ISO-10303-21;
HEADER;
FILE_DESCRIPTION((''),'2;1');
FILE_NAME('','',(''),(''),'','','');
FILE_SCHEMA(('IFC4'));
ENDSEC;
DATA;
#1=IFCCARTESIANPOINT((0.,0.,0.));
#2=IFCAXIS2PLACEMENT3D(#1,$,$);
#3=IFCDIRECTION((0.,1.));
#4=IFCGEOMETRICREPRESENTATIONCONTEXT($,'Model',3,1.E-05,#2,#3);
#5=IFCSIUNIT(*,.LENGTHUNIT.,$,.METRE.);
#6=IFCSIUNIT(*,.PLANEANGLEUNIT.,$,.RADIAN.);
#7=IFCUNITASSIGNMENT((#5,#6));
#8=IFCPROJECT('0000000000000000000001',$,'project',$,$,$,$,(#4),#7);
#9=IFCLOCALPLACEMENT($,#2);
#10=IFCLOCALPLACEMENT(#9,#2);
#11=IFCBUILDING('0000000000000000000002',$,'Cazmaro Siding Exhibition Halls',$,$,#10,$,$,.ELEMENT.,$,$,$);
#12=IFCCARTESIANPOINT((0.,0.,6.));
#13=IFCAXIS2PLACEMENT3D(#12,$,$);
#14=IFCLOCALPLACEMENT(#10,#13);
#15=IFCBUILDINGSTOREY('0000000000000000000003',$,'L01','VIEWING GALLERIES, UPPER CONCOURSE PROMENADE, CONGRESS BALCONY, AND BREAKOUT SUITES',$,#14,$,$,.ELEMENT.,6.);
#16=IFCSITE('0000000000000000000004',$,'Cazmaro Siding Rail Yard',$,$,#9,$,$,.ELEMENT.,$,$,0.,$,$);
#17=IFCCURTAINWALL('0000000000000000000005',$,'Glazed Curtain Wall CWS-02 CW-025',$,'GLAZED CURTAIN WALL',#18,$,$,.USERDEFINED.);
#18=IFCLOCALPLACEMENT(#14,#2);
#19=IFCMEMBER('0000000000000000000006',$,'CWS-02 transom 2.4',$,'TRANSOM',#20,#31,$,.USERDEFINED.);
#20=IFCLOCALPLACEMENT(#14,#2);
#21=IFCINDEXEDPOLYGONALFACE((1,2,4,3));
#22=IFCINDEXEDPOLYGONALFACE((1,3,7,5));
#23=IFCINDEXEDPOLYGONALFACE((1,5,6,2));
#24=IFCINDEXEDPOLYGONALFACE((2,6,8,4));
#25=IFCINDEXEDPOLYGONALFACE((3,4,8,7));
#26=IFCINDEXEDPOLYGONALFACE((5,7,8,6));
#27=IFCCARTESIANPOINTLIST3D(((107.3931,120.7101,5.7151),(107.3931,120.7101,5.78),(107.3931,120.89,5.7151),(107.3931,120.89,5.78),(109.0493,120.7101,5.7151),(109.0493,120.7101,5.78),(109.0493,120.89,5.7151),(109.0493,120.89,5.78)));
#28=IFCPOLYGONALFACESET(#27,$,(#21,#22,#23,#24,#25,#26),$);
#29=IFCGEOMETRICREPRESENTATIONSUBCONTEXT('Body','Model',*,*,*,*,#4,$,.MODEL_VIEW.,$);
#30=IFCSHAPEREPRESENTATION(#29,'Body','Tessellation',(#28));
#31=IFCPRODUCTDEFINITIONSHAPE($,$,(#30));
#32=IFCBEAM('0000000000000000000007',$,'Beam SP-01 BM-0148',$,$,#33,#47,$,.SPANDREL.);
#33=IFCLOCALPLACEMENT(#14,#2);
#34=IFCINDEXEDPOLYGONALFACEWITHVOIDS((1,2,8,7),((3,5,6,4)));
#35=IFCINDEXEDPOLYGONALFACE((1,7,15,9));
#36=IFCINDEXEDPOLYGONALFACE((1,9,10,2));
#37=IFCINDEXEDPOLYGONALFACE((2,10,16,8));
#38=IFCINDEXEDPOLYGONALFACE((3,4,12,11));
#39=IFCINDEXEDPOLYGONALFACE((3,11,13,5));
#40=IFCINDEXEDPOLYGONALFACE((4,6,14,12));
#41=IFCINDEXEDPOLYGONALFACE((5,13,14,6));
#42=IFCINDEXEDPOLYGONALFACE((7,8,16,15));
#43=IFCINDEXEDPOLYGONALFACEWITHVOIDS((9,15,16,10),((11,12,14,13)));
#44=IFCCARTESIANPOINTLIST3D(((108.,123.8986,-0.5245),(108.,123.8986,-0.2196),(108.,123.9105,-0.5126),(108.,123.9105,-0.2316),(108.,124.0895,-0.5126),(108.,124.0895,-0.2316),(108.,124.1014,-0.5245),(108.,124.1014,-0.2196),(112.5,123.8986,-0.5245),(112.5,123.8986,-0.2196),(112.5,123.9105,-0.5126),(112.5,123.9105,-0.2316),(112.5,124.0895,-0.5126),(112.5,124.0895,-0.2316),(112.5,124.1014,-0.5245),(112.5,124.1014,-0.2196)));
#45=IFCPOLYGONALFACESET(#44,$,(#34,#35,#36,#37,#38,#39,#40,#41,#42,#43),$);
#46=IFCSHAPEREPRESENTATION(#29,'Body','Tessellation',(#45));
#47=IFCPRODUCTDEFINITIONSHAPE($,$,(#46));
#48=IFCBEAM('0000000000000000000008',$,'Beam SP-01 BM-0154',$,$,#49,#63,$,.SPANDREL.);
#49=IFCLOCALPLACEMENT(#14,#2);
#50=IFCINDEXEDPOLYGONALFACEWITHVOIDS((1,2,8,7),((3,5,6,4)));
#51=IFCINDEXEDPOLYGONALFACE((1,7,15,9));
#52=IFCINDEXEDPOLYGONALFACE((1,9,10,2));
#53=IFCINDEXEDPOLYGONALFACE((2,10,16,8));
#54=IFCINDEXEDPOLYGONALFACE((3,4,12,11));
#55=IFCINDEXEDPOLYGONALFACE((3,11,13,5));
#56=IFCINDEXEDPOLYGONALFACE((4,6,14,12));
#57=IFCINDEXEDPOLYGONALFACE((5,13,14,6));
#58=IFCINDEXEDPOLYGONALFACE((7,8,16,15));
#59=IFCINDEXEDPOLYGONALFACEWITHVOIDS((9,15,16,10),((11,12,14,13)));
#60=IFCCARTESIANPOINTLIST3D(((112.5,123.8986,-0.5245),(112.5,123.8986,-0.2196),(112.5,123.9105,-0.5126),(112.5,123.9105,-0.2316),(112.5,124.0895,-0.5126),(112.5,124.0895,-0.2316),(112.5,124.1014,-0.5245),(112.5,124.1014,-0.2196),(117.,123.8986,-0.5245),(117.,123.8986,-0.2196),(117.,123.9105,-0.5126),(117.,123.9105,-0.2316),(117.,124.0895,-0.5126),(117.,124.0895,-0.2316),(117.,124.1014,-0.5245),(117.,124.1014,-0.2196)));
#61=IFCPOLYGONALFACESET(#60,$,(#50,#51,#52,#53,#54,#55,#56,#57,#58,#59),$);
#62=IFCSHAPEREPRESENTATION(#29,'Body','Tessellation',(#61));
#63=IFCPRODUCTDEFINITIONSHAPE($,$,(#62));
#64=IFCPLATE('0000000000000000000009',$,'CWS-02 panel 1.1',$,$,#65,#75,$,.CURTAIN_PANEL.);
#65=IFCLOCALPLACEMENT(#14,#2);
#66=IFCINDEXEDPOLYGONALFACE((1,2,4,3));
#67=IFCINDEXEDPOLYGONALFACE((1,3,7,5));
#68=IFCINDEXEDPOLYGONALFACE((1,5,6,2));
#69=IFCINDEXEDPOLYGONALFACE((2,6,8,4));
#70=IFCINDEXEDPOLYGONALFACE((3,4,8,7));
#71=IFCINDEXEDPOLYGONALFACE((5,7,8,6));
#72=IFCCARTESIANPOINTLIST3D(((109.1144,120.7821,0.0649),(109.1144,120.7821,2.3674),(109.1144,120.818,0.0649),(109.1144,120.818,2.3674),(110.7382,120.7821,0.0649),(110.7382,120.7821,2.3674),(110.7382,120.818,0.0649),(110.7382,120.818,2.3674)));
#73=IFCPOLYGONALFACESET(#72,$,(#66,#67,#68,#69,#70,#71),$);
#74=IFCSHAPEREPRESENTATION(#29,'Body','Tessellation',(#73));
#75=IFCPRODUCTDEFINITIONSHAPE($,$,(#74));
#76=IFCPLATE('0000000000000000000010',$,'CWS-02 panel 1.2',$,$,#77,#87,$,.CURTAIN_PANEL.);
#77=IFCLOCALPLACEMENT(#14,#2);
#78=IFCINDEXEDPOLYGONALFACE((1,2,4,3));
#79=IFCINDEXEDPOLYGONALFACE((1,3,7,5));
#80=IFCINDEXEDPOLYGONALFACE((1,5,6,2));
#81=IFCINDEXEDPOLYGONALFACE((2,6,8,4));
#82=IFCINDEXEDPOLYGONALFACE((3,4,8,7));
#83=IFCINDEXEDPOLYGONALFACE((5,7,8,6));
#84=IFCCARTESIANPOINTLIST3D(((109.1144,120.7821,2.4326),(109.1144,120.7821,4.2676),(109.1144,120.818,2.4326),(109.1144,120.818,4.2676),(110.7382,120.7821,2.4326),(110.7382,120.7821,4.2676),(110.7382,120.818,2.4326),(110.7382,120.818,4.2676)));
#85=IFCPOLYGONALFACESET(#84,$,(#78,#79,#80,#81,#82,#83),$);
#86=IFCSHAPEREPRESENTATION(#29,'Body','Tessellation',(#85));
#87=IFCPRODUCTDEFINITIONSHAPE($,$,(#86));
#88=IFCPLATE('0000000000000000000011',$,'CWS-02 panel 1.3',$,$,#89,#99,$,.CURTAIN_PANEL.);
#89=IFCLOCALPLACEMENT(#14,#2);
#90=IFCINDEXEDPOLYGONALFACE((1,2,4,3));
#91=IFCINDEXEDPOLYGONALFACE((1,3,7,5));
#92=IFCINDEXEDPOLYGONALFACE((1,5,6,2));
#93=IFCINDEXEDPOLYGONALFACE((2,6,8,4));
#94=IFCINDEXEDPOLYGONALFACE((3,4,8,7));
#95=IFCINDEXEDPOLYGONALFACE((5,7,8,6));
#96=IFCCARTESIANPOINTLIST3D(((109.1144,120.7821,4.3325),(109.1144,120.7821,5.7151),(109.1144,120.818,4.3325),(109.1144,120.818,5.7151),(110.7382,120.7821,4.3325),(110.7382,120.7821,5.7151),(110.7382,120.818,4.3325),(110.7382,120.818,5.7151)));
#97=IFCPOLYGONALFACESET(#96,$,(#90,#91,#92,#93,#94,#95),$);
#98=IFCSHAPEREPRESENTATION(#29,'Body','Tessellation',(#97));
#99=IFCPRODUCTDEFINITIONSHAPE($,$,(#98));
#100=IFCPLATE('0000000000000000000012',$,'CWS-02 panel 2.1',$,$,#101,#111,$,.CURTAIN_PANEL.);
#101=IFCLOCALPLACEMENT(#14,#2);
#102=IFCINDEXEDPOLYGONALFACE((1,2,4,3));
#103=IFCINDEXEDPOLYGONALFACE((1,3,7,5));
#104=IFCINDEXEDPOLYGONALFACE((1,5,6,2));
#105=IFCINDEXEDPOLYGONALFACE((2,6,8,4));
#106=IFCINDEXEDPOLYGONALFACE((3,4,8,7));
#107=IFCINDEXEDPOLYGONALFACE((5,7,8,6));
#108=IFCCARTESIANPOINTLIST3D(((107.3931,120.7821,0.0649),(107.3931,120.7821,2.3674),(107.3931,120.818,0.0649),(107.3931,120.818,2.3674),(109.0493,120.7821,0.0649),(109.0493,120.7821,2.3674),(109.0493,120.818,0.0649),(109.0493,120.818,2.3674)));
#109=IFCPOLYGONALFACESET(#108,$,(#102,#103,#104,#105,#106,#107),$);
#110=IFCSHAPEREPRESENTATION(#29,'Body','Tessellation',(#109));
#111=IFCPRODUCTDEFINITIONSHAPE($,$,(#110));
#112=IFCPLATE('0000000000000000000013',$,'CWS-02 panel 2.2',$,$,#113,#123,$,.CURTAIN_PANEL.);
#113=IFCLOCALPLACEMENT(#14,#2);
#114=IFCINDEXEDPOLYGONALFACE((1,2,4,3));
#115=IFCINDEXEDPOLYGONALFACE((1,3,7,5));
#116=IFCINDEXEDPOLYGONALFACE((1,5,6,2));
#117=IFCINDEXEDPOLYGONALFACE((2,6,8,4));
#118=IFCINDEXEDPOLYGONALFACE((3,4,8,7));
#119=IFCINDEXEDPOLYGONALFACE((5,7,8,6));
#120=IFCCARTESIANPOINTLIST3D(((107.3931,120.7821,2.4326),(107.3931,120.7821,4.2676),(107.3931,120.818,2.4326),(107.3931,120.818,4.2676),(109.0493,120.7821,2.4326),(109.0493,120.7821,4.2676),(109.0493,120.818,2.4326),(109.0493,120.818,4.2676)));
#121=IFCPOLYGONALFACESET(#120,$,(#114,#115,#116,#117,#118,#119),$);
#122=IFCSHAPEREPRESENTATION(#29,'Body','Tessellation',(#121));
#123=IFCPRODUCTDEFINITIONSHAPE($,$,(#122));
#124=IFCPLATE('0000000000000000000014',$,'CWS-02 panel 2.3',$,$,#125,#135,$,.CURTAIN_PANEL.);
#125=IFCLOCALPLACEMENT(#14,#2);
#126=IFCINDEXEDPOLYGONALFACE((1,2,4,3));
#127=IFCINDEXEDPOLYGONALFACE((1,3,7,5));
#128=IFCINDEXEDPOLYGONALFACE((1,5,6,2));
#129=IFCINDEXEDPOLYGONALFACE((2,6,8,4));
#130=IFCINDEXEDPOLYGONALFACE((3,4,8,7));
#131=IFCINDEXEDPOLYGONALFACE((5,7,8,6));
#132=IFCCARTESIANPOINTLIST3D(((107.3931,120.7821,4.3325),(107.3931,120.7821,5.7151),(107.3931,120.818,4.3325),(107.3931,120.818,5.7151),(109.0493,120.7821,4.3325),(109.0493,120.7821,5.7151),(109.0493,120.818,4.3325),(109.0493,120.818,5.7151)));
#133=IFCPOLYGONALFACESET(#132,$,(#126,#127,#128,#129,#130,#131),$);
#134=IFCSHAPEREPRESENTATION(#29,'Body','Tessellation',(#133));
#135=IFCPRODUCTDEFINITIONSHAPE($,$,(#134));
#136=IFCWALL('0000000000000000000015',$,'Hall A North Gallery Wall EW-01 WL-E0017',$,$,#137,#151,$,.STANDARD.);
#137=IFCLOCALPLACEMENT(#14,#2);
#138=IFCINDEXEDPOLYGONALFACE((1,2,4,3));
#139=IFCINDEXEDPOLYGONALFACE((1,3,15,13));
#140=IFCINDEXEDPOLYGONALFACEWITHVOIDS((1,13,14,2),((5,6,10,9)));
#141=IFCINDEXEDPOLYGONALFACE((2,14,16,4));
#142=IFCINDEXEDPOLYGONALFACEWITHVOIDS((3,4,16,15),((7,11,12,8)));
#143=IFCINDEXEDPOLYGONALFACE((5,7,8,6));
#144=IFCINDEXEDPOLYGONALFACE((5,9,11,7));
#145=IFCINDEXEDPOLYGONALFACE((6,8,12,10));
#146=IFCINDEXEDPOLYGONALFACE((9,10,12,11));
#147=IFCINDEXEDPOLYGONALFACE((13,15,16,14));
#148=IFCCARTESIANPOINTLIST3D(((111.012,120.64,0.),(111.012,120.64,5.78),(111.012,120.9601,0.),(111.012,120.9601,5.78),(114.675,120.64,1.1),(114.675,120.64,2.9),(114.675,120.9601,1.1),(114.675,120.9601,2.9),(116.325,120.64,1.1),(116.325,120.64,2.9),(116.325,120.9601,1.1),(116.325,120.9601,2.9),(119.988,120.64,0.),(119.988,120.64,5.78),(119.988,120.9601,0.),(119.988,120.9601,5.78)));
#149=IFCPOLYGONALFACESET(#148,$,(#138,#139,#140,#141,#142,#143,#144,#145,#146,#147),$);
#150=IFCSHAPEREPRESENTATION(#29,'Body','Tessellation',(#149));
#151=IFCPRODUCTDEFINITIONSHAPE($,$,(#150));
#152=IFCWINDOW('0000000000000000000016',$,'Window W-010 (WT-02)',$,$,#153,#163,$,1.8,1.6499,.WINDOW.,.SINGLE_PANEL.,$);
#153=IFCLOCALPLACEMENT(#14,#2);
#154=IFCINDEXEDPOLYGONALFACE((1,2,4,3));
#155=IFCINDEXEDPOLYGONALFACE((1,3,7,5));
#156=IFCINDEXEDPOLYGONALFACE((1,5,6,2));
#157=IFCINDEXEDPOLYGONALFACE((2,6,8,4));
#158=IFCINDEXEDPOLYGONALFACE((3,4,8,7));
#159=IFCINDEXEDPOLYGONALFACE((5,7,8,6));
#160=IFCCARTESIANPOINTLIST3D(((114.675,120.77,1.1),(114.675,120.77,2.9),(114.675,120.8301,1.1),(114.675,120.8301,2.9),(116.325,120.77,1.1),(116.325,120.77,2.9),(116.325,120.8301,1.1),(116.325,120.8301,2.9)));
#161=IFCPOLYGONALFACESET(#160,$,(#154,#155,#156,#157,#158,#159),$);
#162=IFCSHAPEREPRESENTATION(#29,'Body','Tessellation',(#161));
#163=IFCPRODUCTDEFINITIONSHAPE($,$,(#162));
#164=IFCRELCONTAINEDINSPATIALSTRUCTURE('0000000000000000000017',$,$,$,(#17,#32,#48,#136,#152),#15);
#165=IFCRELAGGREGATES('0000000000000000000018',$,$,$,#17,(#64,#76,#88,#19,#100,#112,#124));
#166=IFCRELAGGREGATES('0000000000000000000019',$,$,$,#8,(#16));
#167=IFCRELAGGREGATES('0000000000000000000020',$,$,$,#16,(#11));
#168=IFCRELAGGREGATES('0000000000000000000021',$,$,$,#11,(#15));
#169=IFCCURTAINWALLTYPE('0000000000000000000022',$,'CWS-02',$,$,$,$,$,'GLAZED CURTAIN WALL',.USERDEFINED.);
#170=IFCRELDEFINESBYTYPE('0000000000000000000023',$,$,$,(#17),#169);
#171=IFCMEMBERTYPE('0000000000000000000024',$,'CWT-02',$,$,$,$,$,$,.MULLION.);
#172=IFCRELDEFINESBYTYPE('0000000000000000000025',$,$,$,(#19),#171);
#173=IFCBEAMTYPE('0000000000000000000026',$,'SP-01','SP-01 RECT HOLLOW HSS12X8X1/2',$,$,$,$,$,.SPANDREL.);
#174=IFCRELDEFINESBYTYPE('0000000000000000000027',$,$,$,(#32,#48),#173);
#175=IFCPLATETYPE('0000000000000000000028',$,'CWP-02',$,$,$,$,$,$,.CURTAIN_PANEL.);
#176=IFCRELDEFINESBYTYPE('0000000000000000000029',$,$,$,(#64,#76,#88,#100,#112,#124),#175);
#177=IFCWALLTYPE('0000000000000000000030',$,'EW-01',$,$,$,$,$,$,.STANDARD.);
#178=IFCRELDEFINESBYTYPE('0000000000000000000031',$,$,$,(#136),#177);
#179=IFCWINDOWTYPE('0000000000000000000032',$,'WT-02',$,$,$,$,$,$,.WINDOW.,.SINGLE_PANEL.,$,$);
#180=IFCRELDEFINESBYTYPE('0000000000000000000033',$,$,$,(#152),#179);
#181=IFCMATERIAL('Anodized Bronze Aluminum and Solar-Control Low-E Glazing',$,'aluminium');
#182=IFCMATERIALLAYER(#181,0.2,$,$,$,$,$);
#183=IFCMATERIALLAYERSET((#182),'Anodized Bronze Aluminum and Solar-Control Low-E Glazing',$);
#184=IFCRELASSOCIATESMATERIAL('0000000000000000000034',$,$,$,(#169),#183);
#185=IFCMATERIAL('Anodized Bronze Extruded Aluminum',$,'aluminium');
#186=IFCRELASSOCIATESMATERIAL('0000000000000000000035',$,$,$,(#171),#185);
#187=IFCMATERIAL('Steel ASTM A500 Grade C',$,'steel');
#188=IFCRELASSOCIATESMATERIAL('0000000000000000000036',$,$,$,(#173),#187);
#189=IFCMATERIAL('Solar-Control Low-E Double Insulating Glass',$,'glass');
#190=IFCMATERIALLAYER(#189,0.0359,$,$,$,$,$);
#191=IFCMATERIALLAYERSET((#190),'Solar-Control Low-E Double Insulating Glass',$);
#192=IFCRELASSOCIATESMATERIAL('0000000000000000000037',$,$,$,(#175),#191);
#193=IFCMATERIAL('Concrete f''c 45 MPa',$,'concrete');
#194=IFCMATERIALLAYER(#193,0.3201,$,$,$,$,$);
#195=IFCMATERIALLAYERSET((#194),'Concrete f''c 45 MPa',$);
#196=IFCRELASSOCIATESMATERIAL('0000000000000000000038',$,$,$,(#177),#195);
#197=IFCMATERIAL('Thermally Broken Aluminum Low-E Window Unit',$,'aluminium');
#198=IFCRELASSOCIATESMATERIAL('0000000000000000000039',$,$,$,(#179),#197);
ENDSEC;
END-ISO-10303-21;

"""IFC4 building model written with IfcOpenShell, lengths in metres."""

from ifc_helpers import new_model, si_unit, direction, frame, frame_2d, origin, origin_2d, place, context, subcontext, project, spatial, rectangle, hollow_rectangle, extrude, material, layer, layer_set, material_profile, profile_set, type_object, element, fill, aggregate, save


model = new_model("IFC4")

# Units and contexts
model_context = context("Model", 3, precision=1e-05, world=origin(), true_north=direction((0.0, 1.0)))
body_context = subcontext(model_context, "Body", "Model", "MODEL_VIEW")
ifc_project = project(units=[si_unit("LENGTHUNIT", "METRE"), si_unit("PLANEANGLEUNIT", "RADIAN")], contexts=[model_context])

# Site, building, storey
site_placement = place(None, origin())
site = spatial("IfcSite", under=ifc_project, at=site_placement, Name="Cazmaro Siding Rail Yard", CompositionType="ELEMENT", RefElevation=0.0)
building_placement = place(site_placement, origin())
building = spatial("IfcBuilding", under=site, at=building_placement, Name="Cazmaro Siding Exhibition Halls", CompositionType="ELEMENT")
storey_placement = place(building_placement, frame((0.0, 0.0, 6.0)))
storey = spatial("IfcBuildingStorey", under=building, at=storey_placement, Name="L01", Description="VIEWING GALLERIES, UPPER CONCOURSE PROMENADE, CONGRESS BALCONY, AND BREAKOUT SUITES", CompositionType="ELEMENT", Elevation=6.0)

# Curtain wall, member
ifc_material_1 = material(Name="Anodized Bronze Aluminum and Solar-Control Low-E Glazing", Category="aluminium")
ifc_layer_1 = layer(ifc_material_1, 0.2)
ifc_layer_set_1 = layer_set([ifc_layer_1], Name="Anodized Bronze Aluminum and Solar-Control Low-E Glazing")
curtain_wall_type = type_object("IfcCurtainWallType", Name="CWS-02", ElementType="GLAZED CURTAIN WALL", PredefinedType="USERDEFINED", material=ifc_layer_set_1)
curtain_wall_placement = place(storey_placement, origin())
curtain_wall = element("IfcCurtainWall", 1, at=curtain_wall_placement, inside=storey, type_object=curtain_wall_type, Name="Glazed Curtain Wall CWS-02 CW-025", ObjectType="GLAZED CURTAIN WALL", PredefinedType="USERDEFINED")
ifc_material_2 = material(Name="Anodized Bronze Extruded Aluminum", Category="aluminium")
ifc_material_profile_1 = material_profile(ifc_material_2, rectangle(XDim=0.1799, YDim=0.0649, at=origin_2d()), Name="CWT-02")
ifc_profile_set_1 = profile_set([ifc_material_profile_1], Name="Anodized Bronze Extruded Aluminum")
member_type_1 = type_object("IfcMemberType", Name="CWT-02", PredefinedType="MULLION", material=ifc_profile_set_1)
member_1_placement = place(storey_placement, frame((109.0493, 120.8, 5.7476), z_axis=(-1.0, 0.0, 0.0), x_axis=(0.0, -1.0, 0.0)))
member_1 = element("IfcMember", 2, at=member_1_placement, type_object=member_type_1, Name="CWS-02 transom 2.4", ObjectType="TRANSOM", PredefinedType="USERDEFINED", context=body_context, shape_type="SweptSolid", body=[
    extrude(rectangle(XDim=0.1799, YDim=0.0649, at=origin_2d()), origin(), (0.0, 0.0, 1.0), 1.6562),
])

# Beams
ifc_material_3 = material(Name="Steel ASTM A500 Grade C", Category="steel")
ifc_material_profile_2 = material_profile(ifc_material_3, hollow_rectangle(XDim=0.2029, YDim=0.3049, WallThickness=0.012, at=origin_2d()), Name="HSS12X8X1/2")
ifc_profile_set_2 = profile_set([ifc_material_profile_2], Name="Steel ASTM A500 Grade C")
beam_type_1 = type_object("IfcBeamType", Name="SP-01", Description="SP-01 RECT HOLLOW HSS12X8X1/2", PredefinedType="SPANDREL", material=ifc_profile_set_2)
for number, where, z_axis, x_axis, name in (
    (3, (108.0, 124.0, -0.3721), (1.0, 0.0, 0.0), (0.0, 1.0, 0.0), "Beam SP-01 BM-0148"),
    (4, (112.5, 124.0, -0.3721), (1.0, 0.0, 0.0), (0.0, 1.0, 0.0), "Beam SP-01 BM-0154"),
):
    element("IfcBeam", number, at=place(storey_placement, frame(where, z_axis=z_axis, x_axis=x_axis)), inside=storey, type_object=beam_type_1, Name=name, PredefinedType="SPANDREL", context=body_context, shape_type="SweptSolid", body=[
        extrude(hollow_rectangle(XDim=0.2029, YDim=0.3049, WallThickness=0.012, at=origin_2d()), origin(), (0.0, 0.0, 1.0), 4.5),
    ])

# Plates
ifc_material_4 = material(Name="Solar-Control Low-E Double Insulating Glass", Category="glass")
ifc_layer_2 = layer(ifc_material_4, 0.0359)
ifc_layer_set_2 = layer_set([ifc_layer_2], Name="Solar-Control Low-E Double Insulating Glass")
plate_type = type_object("IfcPlateType", Name="CWP-02", PredefinedType="CURTAIN_PANEL", material=ifc_layer_set_2)
plate_1_placement = place(storey_placement, frame((109.9263, 120.8, 0.0649), z_axis=(0.0, 0.0, 1.0), x_axis=(-1.0, 0.0, 0.0)))
plate_1 = element("IfcPlate", 5, at=plate_1_placement, type_object=plate_type, Name="CWS-02 panel 1.1", PredefinedType="CURTAIN_PANEL", context=body_context, shape_type="SweptSolid", body=[
    extrude(rectangle(XDim=1.6238, YDim=0.0359, at=origin_2d()), origin(), (0.0, 0.0, 1.0), 2.3025),
])
plate_2_placement = place(storey_placement, frame((109.9263, 120.8, 2.4326), z_axis=(0.0, 0.0, 1.0), x_axis=(-1.0, 0.0, 0.0)))
plate_2 = element("IfcPlate", 6, at=plate_2_placement, type_object=plate_type, Name="CWS-02 panel 1.2", PredefinedType="CURTAIN_PANEL", context=body_context, shape_type="SweptSolid", body=[
    extrude(rectangle(XDim=1.6238, YDim=0.0359, at=origin_2d()), origin(), (0.0, 0.0, 1.0), 1.835),
])
plate_3_placement = place(storey_placement, frame((109.9263, 120.8, 4.3325), z_axis=(0.0, 0.0, 1.0), x_axis=(-1.0, 0.0, 0.0)))
plate_3 = element("IfcPlate", 7, at=plate_3_placement, type_object=plate_type, Name="CWS-02 panel 1.3", PredefinedType="CURTAIN_PANEL", context=body_context, shape_type="SweptSolid", body=[
    extrude(rectangle(XDim=1.6238, YDim=0.0359, at=origin_2d()), origin(), (0.0, 0.0, 1.0), 1.3826),
])
plate_4_placement = place(storey_placement, frame((108.2212, 120.8, 0.0649), z_axis=(0.0, 0.0, 1.0), x_axis=(-1.0, 0.0, 0.0)))
plate_4 = element("IfcPlate", 8, at=plate_4_placement, type_object=plate_type, Name="CWS-02 panel 2.1", PredefinedType="CURTAIN_PANEL", context=body_context, shape_type="SweptSolid", body=[
    extrude(rectangle(XDim=1.6562, YDim=0.0359, at=origin_2d()), origin(), (0.0, 0.0, 1.0), 2.3025),
])
plate_5_placement = place(storey_placement, frame((108.2212, 120.8, 2.4326), z_axis=(0.0, 0.0, 1.0), x_axis=(-1.0, 0.0, 0.0)))
plate_5 = element("IfcPlate", 9, at=plate_5_placement, type_object=plate_type, Name="CWS-02 panel 2.2", PredefinedType="CURTAIN_PANEL", context=body_context, shape_type="SweptSolid", body=[
    extrude(rectangle(XDim=1.6562, YDim=0.0359, at=origin_2d()), origin(), (0.0, 0.0, 1.0), 1.835),
])
plate_6_placement = place(storey_placement, frame((108.2212, 120.8, 4.3325), z_axis=(0.0, 0.0, 1.0), x_axis=(-1.0, 0.0, 0.0)))
plate_6 = element("IfcPlate", 10, at=plate_6_placement, type_object=plate_type, Name="CWS-02 panel 2.3", PredefinedType="CURTAIN_PANEL", context=body_context, shape_type="SweptSolid", body=[
    extrude(rectangle(XDim=1.6562, YDim=0.0359, at=origin_2d()), origin(), (0.0, 0.0, 1.0), 1.3826),
])
aggregate(curtain_wall, [plate_1, plate_2, plate_3, member_1, plate_4, plate_5, plate_6])

# Wall, opening, window
ifc_material_5 = material(Name="Concrete f'c 45 MPa", Category="concrete")
ifc_layer_3 = layer(ifc_material_5, 0.3201)
ifc_layer_set_3 = layer_set([ifc_layer_3], Name="Concrete f'c 45 MPa")
wall_type = type_object("IfcWallType", Name="EW-01", PredefinedType="STANDARD", material=ifc_layer_set_3)
wall_placement = place(storey_placement, frame((111.012, 120.8, 0.0), z_axis=(0.0, 0.0, 1.0), x_axis=(1.0, 0.0, 0.0)))
wall = element("IfcWall", 11, at=wall_placement, inside=storey, type_object=wall_type, Name="Hall A North Gallery Wall EW-01 WL-E0017", PredefinedType="STANDARD", context=body_context, shape_type="SweptSolid", body=[
    extrude(rectangle(XDim=8.9761, YDim=0.3201, at=frame_2d((4.488, 0.0))), origin(), (0.0, 0.0, 1.0), 5.78),
])
opening_placement = place(wall_placement, frame((3.6631, 0.0, 1.1001)))
opening = element("IfcOpeningElement", 12, at=opening_placement, cuts=wall, PredefinedType="OPENING", context=body_context, shape_type="SweptSolid", body=[
    extrude(rectangle(XDim=1.6499, YDim=1.8, at=frame_2d((0.825, 0.8999))), frame((0.0, 0.1699, 0.0), z_axis=(0.0, -1.0, 0.0), x_axis=(1.0, 0.0, 0.0)), (0.0, 0.0, 1.0), 0.3401),
])
ifc_material_6 = material(Name="Thermally Broken Aluminum Low-E Window Unit", Category="aluminium")
window_type = type_object("IfcWindowType", Name="WT-02", PartitioningType="SINGLE_PANEL", PredefinedType="WINDOW", material=ifc_material_6)
window_placement = place(opening_placement, origin())
window = element("IfcWindow", 13, at=window_placement, inside=storey, type_object=window_type, Name="Window W-010 (WT-02)", OverallHeight=1.8, OverallWidth=1.6499, PartitioningType="SINGLE_PANEL", PredefinedType="WINDOW", context=body_context, shape_type="SweptSolid", body=[
    extrude(rectangle(XDim=1.6499, YDim=1.8, at=frame_2d((0.825, 0.8999))), frame((0.0, 0.03, 0.0), z_axis=(0.0, -1.0, 0.0), x_axis=(1.0, 0.0, 0.0)), (0.0, 0.0, 1.0), 0.0601),
])
fill(opening, window)

save(model, "model.ifc")
